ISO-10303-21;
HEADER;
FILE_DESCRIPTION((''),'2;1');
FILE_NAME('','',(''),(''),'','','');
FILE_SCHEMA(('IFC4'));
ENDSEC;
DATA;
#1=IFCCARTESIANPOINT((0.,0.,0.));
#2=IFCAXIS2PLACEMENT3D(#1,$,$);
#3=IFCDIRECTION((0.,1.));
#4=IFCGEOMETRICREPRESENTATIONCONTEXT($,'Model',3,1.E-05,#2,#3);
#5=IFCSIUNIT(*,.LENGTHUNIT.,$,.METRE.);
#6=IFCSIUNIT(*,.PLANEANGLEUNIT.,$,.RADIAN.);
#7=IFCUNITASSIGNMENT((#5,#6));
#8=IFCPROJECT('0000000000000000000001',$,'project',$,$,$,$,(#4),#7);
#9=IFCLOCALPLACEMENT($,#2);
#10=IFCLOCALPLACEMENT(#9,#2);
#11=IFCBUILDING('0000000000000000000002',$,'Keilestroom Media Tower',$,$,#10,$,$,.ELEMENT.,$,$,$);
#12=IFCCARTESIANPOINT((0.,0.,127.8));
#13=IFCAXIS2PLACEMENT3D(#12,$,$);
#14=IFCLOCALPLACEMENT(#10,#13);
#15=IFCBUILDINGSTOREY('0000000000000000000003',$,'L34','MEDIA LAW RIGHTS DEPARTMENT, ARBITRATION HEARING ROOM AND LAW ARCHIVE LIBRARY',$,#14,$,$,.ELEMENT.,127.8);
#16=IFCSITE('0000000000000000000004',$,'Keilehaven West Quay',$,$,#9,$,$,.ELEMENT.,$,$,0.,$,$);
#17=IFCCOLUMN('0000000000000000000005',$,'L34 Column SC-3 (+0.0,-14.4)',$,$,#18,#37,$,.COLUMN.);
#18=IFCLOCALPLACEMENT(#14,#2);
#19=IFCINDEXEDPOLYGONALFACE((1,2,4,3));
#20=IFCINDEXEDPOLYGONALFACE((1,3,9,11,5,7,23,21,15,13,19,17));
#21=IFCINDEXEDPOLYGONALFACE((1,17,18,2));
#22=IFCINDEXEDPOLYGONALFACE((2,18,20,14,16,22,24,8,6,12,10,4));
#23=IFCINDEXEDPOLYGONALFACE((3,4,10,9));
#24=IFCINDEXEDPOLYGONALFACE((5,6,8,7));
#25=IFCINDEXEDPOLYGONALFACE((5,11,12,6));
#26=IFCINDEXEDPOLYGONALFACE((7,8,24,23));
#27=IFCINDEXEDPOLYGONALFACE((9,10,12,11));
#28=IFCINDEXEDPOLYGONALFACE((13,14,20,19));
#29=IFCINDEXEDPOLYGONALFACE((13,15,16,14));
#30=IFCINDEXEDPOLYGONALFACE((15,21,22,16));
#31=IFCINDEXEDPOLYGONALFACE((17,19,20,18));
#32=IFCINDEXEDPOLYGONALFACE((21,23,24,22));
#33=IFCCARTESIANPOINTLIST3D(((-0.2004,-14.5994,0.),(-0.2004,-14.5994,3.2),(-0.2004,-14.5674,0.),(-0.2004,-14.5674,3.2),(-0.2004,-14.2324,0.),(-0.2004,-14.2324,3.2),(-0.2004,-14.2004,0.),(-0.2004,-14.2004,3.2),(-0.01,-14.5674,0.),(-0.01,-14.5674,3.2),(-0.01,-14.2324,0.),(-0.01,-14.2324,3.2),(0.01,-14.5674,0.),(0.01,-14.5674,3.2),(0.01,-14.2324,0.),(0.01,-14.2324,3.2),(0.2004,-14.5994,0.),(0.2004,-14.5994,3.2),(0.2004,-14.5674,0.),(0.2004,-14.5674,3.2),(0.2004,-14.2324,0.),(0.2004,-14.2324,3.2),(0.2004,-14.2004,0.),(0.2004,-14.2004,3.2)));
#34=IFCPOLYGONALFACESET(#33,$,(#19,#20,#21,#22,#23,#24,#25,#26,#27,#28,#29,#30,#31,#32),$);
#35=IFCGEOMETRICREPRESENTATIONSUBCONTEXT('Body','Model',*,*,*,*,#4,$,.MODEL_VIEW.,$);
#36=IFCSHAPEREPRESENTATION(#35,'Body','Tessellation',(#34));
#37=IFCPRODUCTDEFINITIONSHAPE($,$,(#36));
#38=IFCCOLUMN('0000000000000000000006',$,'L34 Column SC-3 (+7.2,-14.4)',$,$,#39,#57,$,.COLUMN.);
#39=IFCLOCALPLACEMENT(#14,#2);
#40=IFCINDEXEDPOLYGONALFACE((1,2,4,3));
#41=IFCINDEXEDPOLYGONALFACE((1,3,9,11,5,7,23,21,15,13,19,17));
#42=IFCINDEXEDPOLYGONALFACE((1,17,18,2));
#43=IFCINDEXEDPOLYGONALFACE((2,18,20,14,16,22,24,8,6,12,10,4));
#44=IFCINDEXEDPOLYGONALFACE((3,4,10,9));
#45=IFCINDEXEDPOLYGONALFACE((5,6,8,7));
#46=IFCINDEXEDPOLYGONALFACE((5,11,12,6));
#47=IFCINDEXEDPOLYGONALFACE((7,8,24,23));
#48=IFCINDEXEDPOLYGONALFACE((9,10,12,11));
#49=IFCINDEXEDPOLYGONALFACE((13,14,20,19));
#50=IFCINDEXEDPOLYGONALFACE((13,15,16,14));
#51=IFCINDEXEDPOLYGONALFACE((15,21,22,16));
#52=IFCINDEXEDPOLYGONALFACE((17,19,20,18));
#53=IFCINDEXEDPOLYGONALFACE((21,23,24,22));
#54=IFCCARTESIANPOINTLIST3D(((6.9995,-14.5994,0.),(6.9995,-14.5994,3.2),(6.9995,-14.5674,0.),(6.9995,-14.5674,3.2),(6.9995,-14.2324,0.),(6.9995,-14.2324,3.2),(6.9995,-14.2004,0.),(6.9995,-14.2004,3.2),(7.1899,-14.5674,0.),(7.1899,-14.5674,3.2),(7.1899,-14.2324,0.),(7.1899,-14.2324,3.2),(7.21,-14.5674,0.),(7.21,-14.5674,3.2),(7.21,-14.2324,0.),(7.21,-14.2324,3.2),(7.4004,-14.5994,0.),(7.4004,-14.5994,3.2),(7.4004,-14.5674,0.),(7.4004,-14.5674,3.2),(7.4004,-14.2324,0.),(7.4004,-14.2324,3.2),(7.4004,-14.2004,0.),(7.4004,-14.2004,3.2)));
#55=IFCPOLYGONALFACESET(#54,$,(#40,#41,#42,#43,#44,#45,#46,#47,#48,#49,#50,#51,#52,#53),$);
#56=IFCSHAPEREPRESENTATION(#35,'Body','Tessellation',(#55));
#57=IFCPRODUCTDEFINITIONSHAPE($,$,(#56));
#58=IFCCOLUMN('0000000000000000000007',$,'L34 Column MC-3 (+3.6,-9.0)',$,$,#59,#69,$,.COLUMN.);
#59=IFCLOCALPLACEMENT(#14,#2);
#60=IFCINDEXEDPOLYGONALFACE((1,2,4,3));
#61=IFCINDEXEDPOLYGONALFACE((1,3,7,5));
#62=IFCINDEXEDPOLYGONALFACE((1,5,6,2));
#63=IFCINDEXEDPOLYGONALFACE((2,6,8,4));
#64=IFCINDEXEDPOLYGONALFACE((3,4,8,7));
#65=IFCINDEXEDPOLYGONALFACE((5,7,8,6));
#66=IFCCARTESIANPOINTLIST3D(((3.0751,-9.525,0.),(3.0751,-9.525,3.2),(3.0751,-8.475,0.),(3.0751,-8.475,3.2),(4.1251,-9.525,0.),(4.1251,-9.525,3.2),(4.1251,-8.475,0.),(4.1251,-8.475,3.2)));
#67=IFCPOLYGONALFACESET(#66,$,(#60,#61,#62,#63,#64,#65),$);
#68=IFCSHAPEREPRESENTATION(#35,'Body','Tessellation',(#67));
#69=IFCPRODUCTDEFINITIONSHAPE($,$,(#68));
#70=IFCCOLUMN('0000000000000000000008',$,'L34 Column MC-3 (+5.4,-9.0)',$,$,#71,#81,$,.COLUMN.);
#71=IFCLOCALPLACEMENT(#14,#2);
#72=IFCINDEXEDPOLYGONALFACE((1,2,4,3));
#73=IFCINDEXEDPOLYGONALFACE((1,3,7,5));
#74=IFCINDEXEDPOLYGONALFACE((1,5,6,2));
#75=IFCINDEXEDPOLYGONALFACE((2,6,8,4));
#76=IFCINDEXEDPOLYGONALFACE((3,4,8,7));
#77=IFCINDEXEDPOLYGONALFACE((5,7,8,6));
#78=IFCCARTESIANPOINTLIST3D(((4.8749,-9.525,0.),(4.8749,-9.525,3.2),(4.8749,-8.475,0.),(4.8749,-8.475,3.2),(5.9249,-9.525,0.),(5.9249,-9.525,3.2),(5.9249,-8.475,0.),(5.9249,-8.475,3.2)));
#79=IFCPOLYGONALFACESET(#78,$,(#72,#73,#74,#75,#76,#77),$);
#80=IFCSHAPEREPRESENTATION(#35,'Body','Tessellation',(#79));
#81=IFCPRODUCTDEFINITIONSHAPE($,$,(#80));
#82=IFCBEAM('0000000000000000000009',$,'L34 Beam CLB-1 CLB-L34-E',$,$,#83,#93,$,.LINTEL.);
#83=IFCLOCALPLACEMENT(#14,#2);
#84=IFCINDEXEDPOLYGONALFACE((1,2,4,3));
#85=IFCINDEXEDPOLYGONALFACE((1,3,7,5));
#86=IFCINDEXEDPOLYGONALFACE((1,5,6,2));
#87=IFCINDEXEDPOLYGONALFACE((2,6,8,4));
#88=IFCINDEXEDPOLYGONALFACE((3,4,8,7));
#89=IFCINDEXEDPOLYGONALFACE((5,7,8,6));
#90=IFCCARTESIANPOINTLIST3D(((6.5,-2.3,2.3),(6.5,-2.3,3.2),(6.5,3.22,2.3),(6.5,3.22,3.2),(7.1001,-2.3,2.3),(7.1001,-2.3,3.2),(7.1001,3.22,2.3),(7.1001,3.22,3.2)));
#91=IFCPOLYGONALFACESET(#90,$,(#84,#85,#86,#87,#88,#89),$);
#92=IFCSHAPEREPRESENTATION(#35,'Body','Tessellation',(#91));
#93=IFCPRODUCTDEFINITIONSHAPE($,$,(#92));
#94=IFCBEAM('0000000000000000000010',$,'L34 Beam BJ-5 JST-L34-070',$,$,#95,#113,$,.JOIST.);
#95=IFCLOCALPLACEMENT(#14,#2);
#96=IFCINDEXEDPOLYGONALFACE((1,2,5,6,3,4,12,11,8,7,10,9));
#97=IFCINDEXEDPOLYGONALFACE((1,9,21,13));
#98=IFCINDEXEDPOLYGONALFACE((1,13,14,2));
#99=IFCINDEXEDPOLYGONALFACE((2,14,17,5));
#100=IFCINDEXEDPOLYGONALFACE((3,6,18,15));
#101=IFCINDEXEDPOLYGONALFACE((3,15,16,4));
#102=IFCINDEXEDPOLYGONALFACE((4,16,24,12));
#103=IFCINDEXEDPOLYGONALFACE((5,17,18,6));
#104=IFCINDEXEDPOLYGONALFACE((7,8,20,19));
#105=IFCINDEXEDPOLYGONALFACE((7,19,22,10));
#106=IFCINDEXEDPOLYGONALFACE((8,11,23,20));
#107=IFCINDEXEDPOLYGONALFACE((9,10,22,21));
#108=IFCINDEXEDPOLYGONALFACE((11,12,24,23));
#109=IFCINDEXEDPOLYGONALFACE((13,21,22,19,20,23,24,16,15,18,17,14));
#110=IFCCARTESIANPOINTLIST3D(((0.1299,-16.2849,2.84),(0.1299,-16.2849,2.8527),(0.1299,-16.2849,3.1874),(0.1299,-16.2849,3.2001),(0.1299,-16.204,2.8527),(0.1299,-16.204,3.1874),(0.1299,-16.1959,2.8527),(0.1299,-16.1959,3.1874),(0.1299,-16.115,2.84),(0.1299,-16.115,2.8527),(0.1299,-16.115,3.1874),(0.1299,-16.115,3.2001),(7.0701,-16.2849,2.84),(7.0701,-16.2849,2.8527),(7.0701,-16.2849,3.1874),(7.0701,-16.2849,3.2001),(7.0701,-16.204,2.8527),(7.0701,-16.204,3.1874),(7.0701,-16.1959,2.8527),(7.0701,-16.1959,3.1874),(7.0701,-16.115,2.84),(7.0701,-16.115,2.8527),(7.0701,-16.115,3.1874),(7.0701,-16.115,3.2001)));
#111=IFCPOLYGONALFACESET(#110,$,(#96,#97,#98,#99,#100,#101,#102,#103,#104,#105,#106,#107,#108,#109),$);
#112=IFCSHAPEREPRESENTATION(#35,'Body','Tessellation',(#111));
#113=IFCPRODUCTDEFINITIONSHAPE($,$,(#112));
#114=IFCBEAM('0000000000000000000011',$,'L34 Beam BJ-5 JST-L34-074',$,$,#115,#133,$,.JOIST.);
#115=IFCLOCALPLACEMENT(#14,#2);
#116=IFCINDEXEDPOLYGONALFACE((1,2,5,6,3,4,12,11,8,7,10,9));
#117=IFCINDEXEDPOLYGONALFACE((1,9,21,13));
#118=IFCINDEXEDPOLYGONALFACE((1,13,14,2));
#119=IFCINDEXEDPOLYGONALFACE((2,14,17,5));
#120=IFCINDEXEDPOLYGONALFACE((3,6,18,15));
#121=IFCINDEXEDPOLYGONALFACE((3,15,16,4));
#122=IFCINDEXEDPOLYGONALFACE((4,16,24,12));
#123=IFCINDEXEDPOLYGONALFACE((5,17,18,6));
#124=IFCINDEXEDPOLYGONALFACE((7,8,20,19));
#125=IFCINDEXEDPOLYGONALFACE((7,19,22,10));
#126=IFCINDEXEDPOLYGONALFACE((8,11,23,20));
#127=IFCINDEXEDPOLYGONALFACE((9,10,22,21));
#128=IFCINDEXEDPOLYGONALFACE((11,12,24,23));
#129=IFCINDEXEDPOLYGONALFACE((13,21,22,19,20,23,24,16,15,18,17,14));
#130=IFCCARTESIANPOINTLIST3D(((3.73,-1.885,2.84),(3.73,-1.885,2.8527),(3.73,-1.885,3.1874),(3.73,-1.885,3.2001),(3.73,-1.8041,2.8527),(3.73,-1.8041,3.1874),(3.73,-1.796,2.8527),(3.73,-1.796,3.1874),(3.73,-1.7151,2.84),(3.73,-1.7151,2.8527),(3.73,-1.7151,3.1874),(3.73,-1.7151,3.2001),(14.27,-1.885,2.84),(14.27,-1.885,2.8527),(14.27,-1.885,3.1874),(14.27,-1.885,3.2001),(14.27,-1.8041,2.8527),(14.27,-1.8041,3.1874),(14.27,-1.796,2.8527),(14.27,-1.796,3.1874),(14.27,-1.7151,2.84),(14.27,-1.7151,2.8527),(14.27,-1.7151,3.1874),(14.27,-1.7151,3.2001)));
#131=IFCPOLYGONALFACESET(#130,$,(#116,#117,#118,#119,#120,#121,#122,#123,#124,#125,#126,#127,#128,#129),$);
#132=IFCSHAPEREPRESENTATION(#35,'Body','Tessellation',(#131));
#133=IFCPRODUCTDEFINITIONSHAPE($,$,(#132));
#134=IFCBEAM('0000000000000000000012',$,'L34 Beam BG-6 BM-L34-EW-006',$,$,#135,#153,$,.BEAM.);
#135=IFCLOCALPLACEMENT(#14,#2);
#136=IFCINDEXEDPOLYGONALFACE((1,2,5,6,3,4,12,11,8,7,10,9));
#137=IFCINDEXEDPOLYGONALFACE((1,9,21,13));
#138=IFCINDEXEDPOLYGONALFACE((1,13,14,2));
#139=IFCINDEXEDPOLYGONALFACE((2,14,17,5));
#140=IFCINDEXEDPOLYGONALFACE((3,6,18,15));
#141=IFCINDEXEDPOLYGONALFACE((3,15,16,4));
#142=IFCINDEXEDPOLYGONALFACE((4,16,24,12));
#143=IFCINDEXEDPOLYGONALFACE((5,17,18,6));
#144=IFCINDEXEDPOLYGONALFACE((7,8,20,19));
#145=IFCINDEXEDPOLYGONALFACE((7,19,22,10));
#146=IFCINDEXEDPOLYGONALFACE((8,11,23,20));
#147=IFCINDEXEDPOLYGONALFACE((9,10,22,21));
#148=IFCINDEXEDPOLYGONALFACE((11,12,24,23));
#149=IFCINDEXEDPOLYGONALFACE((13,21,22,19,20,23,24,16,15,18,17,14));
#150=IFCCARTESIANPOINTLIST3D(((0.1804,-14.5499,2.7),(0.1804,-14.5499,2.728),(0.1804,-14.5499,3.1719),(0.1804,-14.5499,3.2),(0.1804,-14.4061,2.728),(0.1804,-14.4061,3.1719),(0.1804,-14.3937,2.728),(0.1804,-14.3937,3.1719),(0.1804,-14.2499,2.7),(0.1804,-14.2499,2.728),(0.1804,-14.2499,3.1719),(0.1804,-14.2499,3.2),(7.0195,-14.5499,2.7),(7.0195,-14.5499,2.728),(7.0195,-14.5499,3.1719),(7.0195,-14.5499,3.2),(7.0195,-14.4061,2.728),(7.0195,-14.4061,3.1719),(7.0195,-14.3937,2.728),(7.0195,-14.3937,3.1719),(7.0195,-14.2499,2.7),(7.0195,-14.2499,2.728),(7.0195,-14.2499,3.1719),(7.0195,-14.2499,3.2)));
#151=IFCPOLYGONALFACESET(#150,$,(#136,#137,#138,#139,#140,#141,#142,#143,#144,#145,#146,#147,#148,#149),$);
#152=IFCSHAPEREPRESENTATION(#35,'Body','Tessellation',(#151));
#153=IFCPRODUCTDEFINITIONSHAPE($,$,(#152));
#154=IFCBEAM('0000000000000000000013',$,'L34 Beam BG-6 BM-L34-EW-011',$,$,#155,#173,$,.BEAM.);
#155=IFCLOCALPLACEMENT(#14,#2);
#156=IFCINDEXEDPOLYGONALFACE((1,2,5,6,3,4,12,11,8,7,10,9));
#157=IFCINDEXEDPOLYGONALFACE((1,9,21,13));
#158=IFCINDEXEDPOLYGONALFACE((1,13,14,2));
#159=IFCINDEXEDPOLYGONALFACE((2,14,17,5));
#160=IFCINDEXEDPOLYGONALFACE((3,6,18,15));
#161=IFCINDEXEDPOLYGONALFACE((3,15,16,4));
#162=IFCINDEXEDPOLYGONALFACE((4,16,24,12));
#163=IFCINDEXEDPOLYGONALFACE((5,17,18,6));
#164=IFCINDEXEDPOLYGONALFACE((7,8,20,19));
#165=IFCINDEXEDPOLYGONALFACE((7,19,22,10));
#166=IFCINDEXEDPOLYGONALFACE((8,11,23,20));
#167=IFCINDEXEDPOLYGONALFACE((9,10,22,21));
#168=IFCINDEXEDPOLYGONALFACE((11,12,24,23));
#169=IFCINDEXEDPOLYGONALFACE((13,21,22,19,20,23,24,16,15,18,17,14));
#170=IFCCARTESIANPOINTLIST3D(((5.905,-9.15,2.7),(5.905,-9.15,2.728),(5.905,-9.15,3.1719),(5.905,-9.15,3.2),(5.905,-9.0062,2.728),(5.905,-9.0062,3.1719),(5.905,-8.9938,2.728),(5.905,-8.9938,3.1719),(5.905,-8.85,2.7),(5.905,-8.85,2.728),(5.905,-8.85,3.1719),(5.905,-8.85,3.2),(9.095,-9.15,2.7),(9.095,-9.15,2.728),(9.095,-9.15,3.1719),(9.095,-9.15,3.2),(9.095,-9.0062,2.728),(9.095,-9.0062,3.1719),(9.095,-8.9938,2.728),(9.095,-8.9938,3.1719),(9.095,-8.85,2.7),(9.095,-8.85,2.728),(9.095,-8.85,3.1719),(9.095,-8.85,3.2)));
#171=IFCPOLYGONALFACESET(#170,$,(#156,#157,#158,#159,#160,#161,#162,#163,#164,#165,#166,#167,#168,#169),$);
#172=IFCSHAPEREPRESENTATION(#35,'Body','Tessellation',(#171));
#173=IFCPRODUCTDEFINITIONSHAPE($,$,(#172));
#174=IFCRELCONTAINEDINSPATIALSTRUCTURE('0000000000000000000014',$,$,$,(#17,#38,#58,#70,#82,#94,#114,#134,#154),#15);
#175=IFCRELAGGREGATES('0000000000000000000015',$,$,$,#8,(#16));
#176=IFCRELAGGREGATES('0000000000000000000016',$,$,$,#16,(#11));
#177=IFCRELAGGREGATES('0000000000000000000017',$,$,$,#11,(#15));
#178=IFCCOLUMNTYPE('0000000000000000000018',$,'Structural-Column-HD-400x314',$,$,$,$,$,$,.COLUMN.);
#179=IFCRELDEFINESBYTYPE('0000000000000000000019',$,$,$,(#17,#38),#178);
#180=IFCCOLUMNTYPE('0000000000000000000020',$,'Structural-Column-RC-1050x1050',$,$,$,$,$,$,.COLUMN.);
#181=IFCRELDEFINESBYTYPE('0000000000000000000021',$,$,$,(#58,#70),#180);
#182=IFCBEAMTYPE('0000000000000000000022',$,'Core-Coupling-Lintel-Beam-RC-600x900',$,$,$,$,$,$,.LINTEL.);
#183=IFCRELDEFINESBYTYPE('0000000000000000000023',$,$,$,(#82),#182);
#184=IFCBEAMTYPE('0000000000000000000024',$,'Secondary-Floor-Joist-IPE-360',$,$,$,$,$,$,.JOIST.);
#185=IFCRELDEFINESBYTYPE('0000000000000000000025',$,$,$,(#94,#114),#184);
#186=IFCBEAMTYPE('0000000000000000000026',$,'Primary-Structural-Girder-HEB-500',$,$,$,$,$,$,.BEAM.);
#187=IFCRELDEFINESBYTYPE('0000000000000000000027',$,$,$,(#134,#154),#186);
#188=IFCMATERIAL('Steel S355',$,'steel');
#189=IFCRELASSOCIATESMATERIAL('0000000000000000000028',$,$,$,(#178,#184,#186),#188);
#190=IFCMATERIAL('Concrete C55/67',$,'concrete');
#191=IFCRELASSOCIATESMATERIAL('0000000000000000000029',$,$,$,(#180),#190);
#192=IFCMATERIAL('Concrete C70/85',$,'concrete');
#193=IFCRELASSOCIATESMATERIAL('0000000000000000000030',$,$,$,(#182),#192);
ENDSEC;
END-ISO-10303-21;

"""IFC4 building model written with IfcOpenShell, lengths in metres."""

from ifc_helpers import new_model, si_unit, direction, frame, origin, origin_2d, place, context, subcontext, project, spatial, rectangle, i_section, extrude, source, transform, mapped, material, material_profile, profile_set, type_object, element, save


model = new_model("IFC4")

# Units and contexts
model_context = context("Model", 3, precision=1e-05, world=origin(), true_north=direction((0.0, 1.0)))
body_context = subcontext(model_context, "Body", "Model", "MODEL_VIEW")
ifc_project = project(units=[si_unit("LENGTHUNIT", "METRE"), si_unit("PLANEANGLEUNIT", "RADIAN")], contexts=[model_context])

# Site, building, storey
site_placement = place(None, origin())
site = spatial("IfcSite", under=ifc_project, at=site_placement, Name="Keilehaven West Quay", CompositionType="ELEMENT", RefElevation=0.0)
building_placement = place(site_placement, origin())
building = spatial("IfcBuilding", under=site, at=building_placement, Name="Keilestroom Media Tower", CompositionType="ELEMENT")
storey_placement = place(building_placement, frame((0.0, 0.0, 127.8)))
storey = spatial("IfcBuildingStorey", under=building, at=storey_placement, Name="L34", Description="MEDIA LAW RIGHTS DEPARTMENT, ARBITRATION HEARING ROOM AND LAW ARCHIVE LIBRARY", CompositionType="ELEMENT", Elevation=127.8)

# Columns
ifc_material_1 = material(Name="Steel S355", Category="steel")
ifc_material_profile_1 = material_profile(ifc_material_1, i_section(OverallWidth=0.4009, OverallDepth=0.3989, WebThickness=0.02, FlangeThickness=0.032, at=origin_2d()), Name="HD 400x314")
ifc_profile_set_1 = profile_set([ifc_material_profile_1], Name="Steel S355")
column_type_1 = type_object("IfcColumnType", Name="Structural-Column-HD-400x314", PredefinedType="COLUMN", material=ifc_profile_set_1)
shared_shape_1 = source(origin(), body_context, "Body", "SweptSolid", [
    extrude(i_section(OverallWidth=0.4009, OverallDepth=0.3989, WebThickness=0.02, FlangeThickness=0.032, at=origin_2d()), origin(), (0.0, 0.0, 1.0), 3.2),
])
for number, where, z_axis, x_axis, name in (
    (1, (0.0, -14.3999, 0.0), (0.0, 0.0, 1.0), (1.0, 0.0, 0.0), "L34 Column SC-3 (+0.0,-14.4)"),
    (2, (7.2, -14.3999, 0.0), (0.0, 0.0, 1.0), (1.0, 0.0, 0.0), "L34 Column SC-3 (+7.2,-14.4)"),
):
    element("IfcColumn", number, at=place(storey_placement, frame(where, z_axis=z_axis, x_axis=x_axis)), inside=storey, type_object=column_type_1, Name=name, PredefinedType="COLUMN", context=body_context, shape_type="MappedRepresentation", body=[
        mapped(shared_shape_1, transform((0.0, 0.0, 0.0), x_axis=(1.0, 0.0, 0.0), y_axis=(0.0, 1.0, 0.0), z_axis=(0.0, 0.0, 1.0), scale=1.0)),
    ])
ifc_material_2 = material(Name="Concrete C55/67", Category="concrete")
ifc_material_profile_2 = material_profile(ifc_material_2, rectangle(XDim=1.05, YDim=1.05, at=origin_2d()), Name="RC 1050x1050")
ifc_profile_set_2 = profile_set([ifc_material_profile_2], Name="Concrete C55/67")
column_type_2 = type_object("IfcColumnType", Name="Structural-Column-RC-1050x1050", PredefinedType="COLUMN", material=ifc_profile_set_2)
shared_shape_2 = source(origin(), body_context, "Body", "SweptSolid", [
    extrude(rectangle(XDim=1.05, YDim=1.05, at=origin_2d()), origin(), (0.0, 0.0, 1.0), 3.2),
])
for number, where, z_axis, x_axis, name in (
    (3, (3.6001, -9.0, 0.0), (0.0, 0.0, 1.0), (1.0, 0.0, 0.0), "L34 Column MC-3 (+3.6,-9.0)"),
    (4, (5.3999, -9.0, 0.0), (0.0, 0.0, 1.0), (1.0, 0.0, 0.0), "L34 Column MC-3 (+5.4,-9.0)"),
):
    element("IfcColumn", number, at=place(storey_placement, frame(where, z_axis=z_axis, x_axis=x_axis)), inside=storey, type_object=column_type_2, Name=name, PredefinedType="COLUMN", context=body_context, shape_type="MappedRepresentation", body=[
        mapped(shared_shape_2, transform((0.0, 0.0, 0.0), x_axis=(1.0, 0.0, 0.0), y_axis=(0.0, 1.0, 0.0), z_axis=(0.0, 0.0, 1.0), scale=1.0)),
    ])

# Beams
ifc_material_3 = material(Name="Concrete C70/85", Category="concrete")
ifc_material_profile_3 = material_profile(ifc_material_3, rectangle(XDim=0.6001, YDim=0.8999, at=origin_2d()), Name="RC 600x900")
ifc_profile_set_3 = profile_set([ifc_material_profile_3], Name="Concrete C70/85")
beam_type_1 = type_object("IfcBeamType", Name="Core-Coupling-Lintel-Beam-RC-600x900", PredefinedType="LINTEL", material=ifc_profile_set_3)
shared_shape_3 = source(origin(), body_context, "Body", "SweptSolid", [
    extrude(rectangle(XDim=0.6001, YDim=0.8999, at=origin_2d()), origin(), (0.0, 0.0, 1.0), 5.52),
])
beam_1_placement = place(storey_placement, frame((6.8, -2.3, 2.75), z_axis=(0.0, 1.0, 0.0), x_axis=(-1.0, 0.0, 0.0)))
element("IfcBeam", 5, at=beam_1_placement, inside=storey, type_object=beam_type_1, Name="L34 Beam CLB-1 CLB-L34-E", PredefinedType="LINTEL", context=body_context, shape_type="MappedRepresentation", body=[
    mapped(shared_shape_3, transform((0.0, 0.0, 0.0), x_axis=(1.0, 0.0, 0.0), y_axis=(0.0, 1.0, 0.0), z_axis=(0.0, 0.0, 1.0), scale=1.0)),
])
ifc_material_profile_4 = material_profile(ifc_material_1, i_section(OverallWidth=0.1699, OverallDepth=0.3601, WebThickness=0.0081, FlangeThickness=0.0127, at=origin_2d()), Name="IPE 360")
ifc_profile_set_4 = profile_set([ifc_material_profile_4], Name="Steel S355")
beam_type_2 = type_object("IfcBeamType", Name="Secondary-Floor-Joist-IPE-360", PredefinedType="JOIST", material=ifc_profile_set_4)
shared_shape_4 = source(origin(), body_context, "Body", "SweptSolid", [
    extrude(i_section(OverallWidth=0.1699, OverallDepth=0.3601, WebThickness=0.0081, FlangeThickness=0.0127, at=origin_2d()), origin(), (0.0, 0.0, 1.0), 6.9402),
])
beam_2_placement = place(storey_placement, frame((0.1299, -16.2, 3.02), z_axis=(1.0, 0.0, 0.0), x_axis=(0.0, 1.0, 0.0)))
element("IfcBeam", 6, at=beam_2_placement, inside=storey, type_object=beam_type_2, Name="L34 Beam BJ-5 JST-L34-070", PredefinedType="JOIST", context=body_context, shape_type="MappedRepresentation", body=[
    mapped(shared_shape_4, transform((0.0, 0.0, 0.0), x_axis=(1.0, 0.0, 0.0), y_axis=(0.0, 1.0, 0.0), z_axis=(0.0, 0.0, 1.0), scale=1.0)),
])
shared_shape_5 = source(origin(), body_context, "Body", "SweptSolid", [
    extrude(i_section(OverallWidth=0.1699, OverallDepth=0.3601, WebThickness=0.0081, FlangeThickness=0.0127, at=origin_2d()), origin(), (0.0, 0.0, 1.0), 10.54),
])
beam_3_placement = place(storey_placement, frame((3.73, -1.8, 3.02), z_axis=(1.0, 0.0, 0.0), x_axis=(0.0, 1.0, 0.0)))
element("IfcBeam", 7, at=beam_3_placement, inside=storey, type_object=beam_type_2, Name="L34 Beam BJ-5 JST-L34-074", PredefinedType="JOIST", context=body_context, shape_type="MappedRepresentation", body=[
    mapped(shared_shape_5, transform((0.0, 0.0, 0.0), x_axis=(1.0, 0.0, 0.0), y_axis=(0.0, 1.0, 0.0), z_axis=(0.0, 0.0, 1.0), scale=1.0)),
])
ifc_material_profile_5 = material_profile(ifc_material_1, i_section(OverallWidth=0.3, OverallDepth=0.5, WebThickness=0.0125, FlangeThickness=0.0281, at=origin_2d()), Name="HEB 500")
ifc_profile_set_5 = profile_set([ifc_material_profile_5], Name="Steel S355")
beam_type_3 = type_object("IfcBeamType", Name="Primary-Structural-Girder-HEB-500", PredefinedType="BEAM", material=ifc_profile_set_5)
shared_shape_6 = source(origin(), body_context, "Body", "SweptSolid", [
    extrude(i_section(OverallWidth=0.3, OverallDepth=0.5, WebThickness=0.0125, FlangeThickness=0.0281, at=origin_2d()), origin(), (0.0, 0.0, 1.0), 6.8391),
])
beam_4_placement = place(storey_placement, frame((0.1804, -14.3999, 2.95), z_axis=(1.0, 0.0, 0.0), x_axis=(0.0, 1.0, 0.0)))
element("IfcBeam", 8, at=beam_4_placement, inside=storey, type_object=beam_type_3, Name="L34 Beam BG-6 BM-L34-EW-006", PredefinedType="BEAM", context=body_context, shape_type="MappedRepresentation", body=[
    mapped(shared_shape_6, transform((0.0, 0.0, 0.0), x_axis=(1.0, 0.0, 0.0), y_axis=(0.0, 1.0, 0.0), z_axis=(0.0, 0.0, 1.0), scale=1.0)),
])
shared_shape_7 = source(origin(), body_context, "Body", "SweptSolid", [
    extrude(i_section(OverallWidth=0.3, OverallDepth=0.5, WebThickness=0.0125, FlangeThickness=0.0281, at=origin_2d()), origin(), (0.0, 0.0, 1.0), 3.1899),
])
beam_5_placement = place(storey_placement, frame((5.905, -9.0, 2.95), z_axis=(1.0, 0.0, 0.0), x_axis=(0.0, 1.0, 0.0)))
element("IfcBeam", 9, at=beam_5_placement, inside=storey, type_object=beam_type_3, Name="L34 Beam BG-6 BM-L34-EW-011", PredefinedType="BEAM", context=body_context, shape_type="MappedRepresentation", body=[
    mapped(shared_shape_7, transform((0.0, 0.0, 0.0), x_axis=(1.0, 0.0, 0.0), y_axis=(0.0, 1.0, 0.0), z_axis=(0.0, 0.0, 1.0), scale=1.0)),
])

save(model, "model.ifc")
